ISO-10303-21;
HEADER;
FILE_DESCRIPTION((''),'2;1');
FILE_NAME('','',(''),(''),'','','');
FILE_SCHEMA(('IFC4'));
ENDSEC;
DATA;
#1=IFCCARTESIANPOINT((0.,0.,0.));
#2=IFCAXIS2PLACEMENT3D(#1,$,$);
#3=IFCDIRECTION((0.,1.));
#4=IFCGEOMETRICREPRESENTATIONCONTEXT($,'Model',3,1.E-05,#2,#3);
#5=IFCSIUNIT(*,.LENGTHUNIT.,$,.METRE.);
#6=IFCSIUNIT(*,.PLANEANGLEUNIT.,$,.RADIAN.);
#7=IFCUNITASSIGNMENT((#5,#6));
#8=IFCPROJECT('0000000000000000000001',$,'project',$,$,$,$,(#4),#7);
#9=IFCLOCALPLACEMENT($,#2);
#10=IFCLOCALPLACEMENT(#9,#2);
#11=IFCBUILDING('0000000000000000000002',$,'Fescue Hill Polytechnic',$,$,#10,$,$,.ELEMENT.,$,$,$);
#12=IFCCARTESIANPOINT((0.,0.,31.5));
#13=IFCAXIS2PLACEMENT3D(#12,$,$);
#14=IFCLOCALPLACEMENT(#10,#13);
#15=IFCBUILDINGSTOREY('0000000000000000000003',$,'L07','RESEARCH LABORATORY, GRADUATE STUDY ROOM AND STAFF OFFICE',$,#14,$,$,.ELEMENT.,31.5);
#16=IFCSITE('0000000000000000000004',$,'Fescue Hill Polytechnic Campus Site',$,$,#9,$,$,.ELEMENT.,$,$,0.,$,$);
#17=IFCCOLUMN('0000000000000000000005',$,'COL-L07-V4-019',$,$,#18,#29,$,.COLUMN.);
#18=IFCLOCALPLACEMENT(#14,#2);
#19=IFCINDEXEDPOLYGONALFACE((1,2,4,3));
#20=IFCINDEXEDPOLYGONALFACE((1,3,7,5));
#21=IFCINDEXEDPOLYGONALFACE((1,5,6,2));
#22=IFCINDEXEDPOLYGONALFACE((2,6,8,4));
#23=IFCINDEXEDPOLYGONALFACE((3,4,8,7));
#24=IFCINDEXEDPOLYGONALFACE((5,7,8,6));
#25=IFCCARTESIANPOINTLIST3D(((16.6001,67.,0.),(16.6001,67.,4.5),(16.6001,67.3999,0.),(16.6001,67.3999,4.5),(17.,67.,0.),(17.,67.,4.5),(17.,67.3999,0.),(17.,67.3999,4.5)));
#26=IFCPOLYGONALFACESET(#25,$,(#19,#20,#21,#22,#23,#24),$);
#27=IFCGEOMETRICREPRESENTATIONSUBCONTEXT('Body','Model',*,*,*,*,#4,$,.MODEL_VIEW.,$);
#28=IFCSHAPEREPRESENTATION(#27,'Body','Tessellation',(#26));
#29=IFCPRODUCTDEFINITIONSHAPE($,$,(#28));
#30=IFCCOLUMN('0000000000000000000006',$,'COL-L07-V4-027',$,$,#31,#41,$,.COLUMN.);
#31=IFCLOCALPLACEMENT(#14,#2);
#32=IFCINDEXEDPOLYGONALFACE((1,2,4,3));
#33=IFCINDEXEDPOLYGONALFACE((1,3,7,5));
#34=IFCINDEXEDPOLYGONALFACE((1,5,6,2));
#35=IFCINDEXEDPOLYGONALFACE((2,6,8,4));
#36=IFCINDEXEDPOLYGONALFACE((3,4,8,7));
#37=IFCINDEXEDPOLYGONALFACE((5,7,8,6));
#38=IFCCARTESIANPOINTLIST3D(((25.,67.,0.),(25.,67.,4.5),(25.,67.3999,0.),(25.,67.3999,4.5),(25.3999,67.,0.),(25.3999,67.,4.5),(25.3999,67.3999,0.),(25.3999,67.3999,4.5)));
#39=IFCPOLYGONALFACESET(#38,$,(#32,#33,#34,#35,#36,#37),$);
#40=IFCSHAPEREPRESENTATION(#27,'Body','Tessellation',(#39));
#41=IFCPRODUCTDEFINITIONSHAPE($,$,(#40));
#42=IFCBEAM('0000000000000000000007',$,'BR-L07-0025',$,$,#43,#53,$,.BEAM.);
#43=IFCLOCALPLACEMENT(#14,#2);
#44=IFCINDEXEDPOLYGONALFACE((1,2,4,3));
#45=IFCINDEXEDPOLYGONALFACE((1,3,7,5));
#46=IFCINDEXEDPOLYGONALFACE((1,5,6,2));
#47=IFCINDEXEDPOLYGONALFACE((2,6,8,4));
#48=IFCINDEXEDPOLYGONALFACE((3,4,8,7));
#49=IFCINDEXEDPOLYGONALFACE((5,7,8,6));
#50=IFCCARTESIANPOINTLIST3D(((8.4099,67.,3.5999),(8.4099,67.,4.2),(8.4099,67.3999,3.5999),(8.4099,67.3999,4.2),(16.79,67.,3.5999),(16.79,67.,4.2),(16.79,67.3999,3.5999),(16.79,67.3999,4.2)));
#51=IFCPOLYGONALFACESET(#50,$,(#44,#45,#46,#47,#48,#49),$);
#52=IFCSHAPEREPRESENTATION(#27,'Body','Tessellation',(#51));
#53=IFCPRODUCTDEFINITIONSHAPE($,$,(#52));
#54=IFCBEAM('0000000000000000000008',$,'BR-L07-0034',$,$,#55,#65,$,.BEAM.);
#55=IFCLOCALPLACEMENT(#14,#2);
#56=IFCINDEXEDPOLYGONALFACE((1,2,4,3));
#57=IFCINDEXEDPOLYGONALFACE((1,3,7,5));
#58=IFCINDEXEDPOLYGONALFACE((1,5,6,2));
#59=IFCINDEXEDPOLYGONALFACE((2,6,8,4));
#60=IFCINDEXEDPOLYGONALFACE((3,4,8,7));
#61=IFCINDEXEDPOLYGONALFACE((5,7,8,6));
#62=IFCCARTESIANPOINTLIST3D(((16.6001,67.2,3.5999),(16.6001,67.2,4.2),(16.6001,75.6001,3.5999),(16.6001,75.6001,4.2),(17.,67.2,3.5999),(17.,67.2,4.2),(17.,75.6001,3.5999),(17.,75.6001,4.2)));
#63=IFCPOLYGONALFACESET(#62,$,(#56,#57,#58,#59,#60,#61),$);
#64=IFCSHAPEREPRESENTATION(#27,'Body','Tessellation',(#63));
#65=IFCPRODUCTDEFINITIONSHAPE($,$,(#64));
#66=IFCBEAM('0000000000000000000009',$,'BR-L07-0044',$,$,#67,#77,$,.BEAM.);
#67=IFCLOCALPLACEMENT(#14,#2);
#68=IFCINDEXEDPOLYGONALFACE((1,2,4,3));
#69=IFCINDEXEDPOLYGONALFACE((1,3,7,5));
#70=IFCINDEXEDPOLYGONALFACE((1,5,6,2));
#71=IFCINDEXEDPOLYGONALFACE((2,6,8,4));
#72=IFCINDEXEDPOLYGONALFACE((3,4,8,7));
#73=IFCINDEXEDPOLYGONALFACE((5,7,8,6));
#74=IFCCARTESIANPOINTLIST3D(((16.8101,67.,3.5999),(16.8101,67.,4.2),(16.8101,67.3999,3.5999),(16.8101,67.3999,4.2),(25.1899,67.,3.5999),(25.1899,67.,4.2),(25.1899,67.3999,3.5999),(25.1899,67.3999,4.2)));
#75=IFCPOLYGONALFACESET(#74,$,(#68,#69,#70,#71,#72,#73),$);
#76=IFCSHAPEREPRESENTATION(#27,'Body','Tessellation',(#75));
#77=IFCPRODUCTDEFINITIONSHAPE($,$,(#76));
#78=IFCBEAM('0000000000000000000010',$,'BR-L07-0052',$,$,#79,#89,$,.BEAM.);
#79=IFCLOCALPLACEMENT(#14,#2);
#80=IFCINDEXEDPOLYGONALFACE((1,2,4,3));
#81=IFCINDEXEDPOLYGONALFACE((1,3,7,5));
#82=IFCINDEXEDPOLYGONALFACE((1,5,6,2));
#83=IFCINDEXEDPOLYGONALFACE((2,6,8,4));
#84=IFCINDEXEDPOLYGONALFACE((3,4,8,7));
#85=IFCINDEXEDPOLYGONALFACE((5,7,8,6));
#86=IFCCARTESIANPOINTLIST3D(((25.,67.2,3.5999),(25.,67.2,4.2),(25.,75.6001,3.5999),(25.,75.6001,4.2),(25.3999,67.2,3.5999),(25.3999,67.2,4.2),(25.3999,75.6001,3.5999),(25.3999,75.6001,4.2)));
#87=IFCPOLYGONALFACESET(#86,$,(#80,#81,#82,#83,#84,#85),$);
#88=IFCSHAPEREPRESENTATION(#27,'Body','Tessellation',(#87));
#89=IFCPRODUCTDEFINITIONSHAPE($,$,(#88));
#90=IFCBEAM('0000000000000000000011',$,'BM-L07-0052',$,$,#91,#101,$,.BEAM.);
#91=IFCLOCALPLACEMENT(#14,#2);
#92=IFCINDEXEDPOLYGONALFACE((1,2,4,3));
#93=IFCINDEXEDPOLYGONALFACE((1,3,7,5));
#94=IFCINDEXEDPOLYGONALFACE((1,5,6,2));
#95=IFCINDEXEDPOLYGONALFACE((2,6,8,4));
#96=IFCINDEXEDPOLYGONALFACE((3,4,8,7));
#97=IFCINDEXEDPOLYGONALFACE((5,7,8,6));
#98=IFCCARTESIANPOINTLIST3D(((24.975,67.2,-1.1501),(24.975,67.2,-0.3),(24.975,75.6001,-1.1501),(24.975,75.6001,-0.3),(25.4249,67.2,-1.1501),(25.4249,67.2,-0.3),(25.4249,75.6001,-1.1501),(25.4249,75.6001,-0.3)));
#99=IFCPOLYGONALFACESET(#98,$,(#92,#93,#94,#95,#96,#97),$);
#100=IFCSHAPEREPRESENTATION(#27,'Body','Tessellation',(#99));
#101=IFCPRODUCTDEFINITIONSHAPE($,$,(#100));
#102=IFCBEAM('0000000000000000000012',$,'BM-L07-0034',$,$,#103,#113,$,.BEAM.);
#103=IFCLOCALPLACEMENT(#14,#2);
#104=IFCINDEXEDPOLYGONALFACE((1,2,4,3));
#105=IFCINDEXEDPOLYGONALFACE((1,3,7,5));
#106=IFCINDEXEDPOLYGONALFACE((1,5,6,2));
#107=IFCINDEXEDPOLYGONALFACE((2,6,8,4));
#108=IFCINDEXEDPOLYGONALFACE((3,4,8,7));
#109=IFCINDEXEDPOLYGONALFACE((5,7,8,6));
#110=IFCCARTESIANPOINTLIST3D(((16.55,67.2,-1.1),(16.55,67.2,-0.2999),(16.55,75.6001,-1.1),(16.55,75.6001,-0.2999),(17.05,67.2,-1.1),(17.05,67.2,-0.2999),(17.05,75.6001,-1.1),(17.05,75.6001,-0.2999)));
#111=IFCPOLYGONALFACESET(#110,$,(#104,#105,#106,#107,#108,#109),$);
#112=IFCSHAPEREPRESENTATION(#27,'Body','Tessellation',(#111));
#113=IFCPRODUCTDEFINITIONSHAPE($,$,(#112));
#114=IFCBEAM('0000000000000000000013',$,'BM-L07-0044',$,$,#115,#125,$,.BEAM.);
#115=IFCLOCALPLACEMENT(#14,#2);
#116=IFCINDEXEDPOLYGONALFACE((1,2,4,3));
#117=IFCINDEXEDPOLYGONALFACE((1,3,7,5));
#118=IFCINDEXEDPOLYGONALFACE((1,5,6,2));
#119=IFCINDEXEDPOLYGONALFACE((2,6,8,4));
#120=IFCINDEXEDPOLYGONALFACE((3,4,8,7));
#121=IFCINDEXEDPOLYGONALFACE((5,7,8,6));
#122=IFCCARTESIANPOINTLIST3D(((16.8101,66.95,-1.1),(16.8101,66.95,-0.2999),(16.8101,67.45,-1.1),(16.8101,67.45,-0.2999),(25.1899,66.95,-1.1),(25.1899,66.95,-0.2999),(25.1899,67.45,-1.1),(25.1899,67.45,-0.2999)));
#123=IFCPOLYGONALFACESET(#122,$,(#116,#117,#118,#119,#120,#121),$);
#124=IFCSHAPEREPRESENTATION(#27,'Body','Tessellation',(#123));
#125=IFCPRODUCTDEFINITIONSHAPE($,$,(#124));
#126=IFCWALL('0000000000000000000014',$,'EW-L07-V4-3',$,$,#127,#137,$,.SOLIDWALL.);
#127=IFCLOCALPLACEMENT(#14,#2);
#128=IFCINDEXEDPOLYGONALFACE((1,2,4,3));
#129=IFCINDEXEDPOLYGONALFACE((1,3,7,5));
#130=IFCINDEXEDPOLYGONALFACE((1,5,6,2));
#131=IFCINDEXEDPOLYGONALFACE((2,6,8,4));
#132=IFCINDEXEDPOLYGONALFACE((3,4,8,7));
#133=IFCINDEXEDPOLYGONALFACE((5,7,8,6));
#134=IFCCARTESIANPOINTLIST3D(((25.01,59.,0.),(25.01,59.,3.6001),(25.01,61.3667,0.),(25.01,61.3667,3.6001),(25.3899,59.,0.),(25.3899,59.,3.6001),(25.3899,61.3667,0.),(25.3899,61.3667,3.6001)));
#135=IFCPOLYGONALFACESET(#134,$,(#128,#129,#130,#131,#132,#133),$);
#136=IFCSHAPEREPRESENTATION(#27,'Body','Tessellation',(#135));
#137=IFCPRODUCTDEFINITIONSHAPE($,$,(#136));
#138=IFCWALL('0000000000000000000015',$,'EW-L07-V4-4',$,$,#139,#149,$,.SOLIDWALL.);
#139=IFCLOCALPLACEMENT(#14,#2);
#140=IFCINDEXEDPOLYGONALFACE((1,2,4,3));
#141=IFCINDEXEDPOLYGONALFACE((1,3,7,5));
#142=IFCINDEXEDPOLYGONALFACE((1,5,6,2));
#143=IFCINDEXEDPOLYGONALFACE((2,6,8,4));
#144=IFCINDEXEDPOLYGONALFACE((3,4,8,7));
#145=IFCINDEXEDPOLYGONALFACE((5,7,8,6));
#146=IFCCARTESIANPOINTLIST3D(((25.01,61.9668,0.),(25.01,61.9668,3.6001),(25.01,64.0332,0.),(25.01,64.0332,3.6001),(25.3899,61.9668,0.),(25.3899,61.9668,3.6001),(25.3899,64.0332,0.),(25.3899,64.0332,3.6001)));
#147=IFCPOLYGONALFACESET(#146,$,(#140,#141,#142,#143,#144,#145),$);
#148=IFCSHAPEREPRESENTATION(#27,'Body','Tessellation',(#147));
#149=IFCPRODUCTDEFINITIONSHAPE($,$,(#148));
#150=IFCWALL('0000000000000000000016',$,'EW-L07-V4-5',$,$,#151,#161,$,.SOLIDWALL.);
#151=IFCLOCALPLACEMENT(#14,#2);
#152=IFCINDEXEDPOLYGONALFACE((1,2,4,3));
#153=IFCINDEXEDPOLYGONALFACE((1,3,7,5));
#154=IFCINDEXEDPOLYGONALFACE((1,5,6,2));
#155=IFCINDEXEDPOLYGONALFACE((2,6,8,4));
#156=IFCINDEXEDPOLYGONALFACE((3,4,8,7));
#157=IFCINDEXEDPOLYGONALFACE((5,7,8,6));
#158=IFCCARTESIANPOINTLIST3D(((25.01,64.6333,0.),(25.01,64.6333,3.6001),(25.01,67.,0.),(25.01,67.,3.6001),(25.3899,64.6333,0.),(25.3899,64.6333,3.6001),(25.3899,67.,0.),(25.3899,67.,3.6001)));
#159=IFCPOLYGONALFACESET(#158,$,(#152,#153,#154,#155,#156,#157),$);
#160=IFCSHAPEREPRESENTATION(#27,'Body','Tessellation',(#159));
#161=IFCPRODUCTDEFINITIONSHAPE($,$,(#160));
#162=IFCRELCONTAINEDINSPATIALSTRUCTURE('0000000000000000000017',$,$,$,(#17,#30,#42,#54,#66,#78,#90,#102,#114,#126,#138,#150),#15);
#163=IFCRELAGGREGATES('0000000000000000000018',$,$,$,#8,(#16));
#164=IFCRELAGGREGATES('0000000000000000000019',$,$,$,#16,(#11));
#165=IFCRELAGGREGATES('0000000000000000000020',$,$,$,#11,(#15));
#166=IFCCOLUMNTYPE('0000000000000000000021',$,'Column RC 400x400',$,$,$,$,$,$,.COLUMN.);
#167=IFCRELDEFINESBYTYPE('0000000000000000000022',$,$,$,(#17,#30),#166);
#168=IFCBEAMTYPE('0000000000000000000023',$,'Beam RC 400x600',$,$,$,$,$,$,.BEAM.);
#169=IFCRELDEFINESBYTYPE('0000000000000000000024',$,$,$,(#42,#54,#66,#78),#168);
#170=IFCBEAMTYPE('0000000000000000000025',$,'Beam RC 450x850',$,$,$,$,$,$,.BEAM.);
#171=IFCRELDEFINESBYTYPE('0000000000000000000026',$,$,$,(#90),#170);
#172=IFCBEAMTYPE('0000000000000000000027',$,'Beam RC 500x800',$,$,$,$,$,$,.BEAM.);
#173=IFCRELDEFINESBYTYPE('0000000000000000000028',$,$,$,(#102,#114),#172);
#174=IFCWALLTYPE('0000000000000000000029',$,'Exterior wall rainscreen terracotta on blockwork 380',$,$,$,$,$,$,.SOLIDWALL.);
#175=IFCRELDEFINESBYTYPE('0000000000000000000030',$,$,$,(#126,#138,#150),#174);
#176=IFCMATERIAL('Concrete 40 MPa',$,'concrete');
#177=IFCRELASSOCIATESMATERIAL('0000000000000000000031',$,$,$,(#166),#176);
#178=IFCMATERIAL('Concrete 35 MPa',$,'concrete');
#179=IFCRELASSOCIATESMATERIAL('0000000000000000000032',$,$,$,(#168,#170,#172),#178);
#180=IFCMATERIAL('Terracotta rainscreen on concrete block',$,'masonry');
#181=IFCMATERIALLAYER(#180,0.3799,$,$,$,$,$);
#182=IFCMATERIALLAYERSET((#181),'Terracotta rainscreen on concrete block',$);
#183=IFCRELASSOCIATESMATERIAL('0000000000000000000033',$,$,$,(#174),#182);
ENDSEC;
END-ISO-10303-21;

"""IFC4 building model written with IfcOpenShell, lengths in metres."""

from ifc_helpers import new_model, si_unit, direction, frame, frame_2d, origin, origin_2d, place, context, subcontext, project, spatial, rectangle, extrude, material, layer, layer_set, material_profile, profile_set, type_object, element, save


model = new_model("IFC4")

# Units and contexts
model_context = context("Model", 3, precision=1e-05, world=origin(), true_north=direction((0.0, 1.0)))
body_context = subcontext(model_context, "Body", "Model", "MODEL_VIEW")
ifc_project = project(units=[si_unit("LENGTHUNIT", "METRE"), si_unit("PLANEANGLEUNIT", "RADIAN")], contexts=[model_context])

# Site, building, storey
site_placement = place(None, origin())
site = spatial("IfcSite", under=ifc_project, at=site_placement, Name="Fescue Hill Polytechnic Campus Site", CompositionType="ELEMENT", RefElevation=0.0)
building_placement = place(site_placement, origin())
building = spatial("IfcBuilding", under=site, at=building_placement, Name="Fescue Hill Polytechnic", CompositionType="ELEMENT")
storey_placement = place(building_placement, frame((0.0, 0.0, 31.5)))
storey = spatial("IfcBuildingStorey", under=building, at=storey_placement, Name="L07", Description="RESEARCH LABORATORY, GRADUATE STUDY ROOM AND STAFF OFFICE", CompositionType="ELEMENT", Elevation=31.5)

# Columns
ifc_material_1 = material(Name="Concrete 40 MPa", Category="concrete")
ifc_material_profile_1 = material_profile(ifc_material_1, rectangle(XDim=0.3999, YDim=0.3999, at=origin_2d()), Name="RC 400x400")
ifc_profile_set_1 = profile_set([ifc_material_profile_1], Name="Concrete 40 MPa")
column_type = type_object("IfcColumnType", Name="Column RC 400x400", PredefinedType="COLUMN", material=ifc_profile_set_1)
for number, where, z_axis, x_axis, name in (
    (1, (16.8, 67.2, 0.0), (0.0, 0.0, 1.0), (1.0, 0.0, 0.0), "COL-L07-V4-019"),
    (2, (25.2, 67.2, 0.0), (0.0, 0.0, 1.0), (1.0, 0.0, 0.0), "COL-L07-V4-027"),
):
    element("IfcColumn", number, at=place(storey_placement, frame(where, z_axis=z_axis, x_axis=x_axis)), inside=storey, type_object=column_type, Name=name, PredefinedType="COLUMN", context=body_context, shape_type="SweptSolid", body=[
        extrude(rectangle(XDim=0.3999, YDim=0.3999, at=origin_2d()), origin(), (0.0, 0.0, 1.0), 4.5),
    ])

# Beams
ifc_material_2 = material(Name="Concrete 35 MPa", Category="concrete")
ifc_material_profile_2 = material_profile(ifc_material_2, rectangle(XDim=0.3999, YDim=0.6001, at=origin_2d()), Name="RC 400x600")
ifc_profile_set_2 = profile_set([ifc_material_profile_2], Name="Concrete 35 MPa")
beam_type_1 = type_object("IfcBeamType", Name="Beam RC 400x600", PredefinedType="BEAM", material=ifc_profile_set_2)
beam_1_placement = place(storey_placement, frame((8.4099, 67.2, 3.8999), z_axis=(1.0, 0.0, 0.0), x_axis=(0.0, 1.0, 0.0)))
element("IfcBeam", 3, at=beam_1_placement, inside=storey, type_object=beam_type_1, Name="BR-L07-0025", PredefinedType="BEAM", context=body_context, shape_type="SweptSolid", body=[
    extrude(rectangle(XDim=0.3999, YDim=0.6001, at=origin_2d()), origin(), (0.0, 0.0, 1.0), 8.3801),
])
beam_2_placement = place(storey_placement, frame((16.8, 67.2, 3.8999), z_axis=(0.0, 1.0, 0.0), x_axis=(-1.0, 0.0, 0.0)))
element("IfcBeam", 4, at=beam_2_placement, inside=storey, type_object=beam_type_1, Name="BR-L07-0034", PredefinedType="BEAM", context=body_context, shape_type="SweptSolid", body=[
    extrude(rectangle(XDim=0.3999, YDim=0.6001, at=origin_2d()), origin(), (0.0, 0.0, 1.0), 8.4001),
])
beam_3_placement = place(storey_placement, frame((16.8101, 67.2, 3.8999), z_axis=(1.0, 0.0, 0.0), x_axis=(0.0, 1.0, 0.0)))
element("IfcBeam", 5, at=beam_3_placement, inside=storey, type_object=beam_type_1, Name="BR-L07-0044", PredefinedType="BEAM", context=body_context, shape_type="SweptSolid", body=[
    extrude(rectangle(XDim=0.3999, YDim=0.6001, at=origin_2d()), origin(), (0.0, 0.0, 1.0), 8.3799),
])
beam_4_placement = place(storey_placement, frame((25.2, 67.2, 3.8999), z_axis=(0.0, 1.0, 0.0), x_axis=(-1.0, 0.0, 0.0)))
element("IfcBeam", 6, at=beam_4_placement, inside=storey, type_object=beam_type_1, Name="BR-L07-0052", PredefinedType="BEAM", context=body_context, shape_type="SweptSolid", body=[
    extrude(rectangle(XDim=0.3999, YDim=0.6001, at=origin_2d()), origin(), (0.0, 0.0, 1.0), 8.4001),
])
ifc_material_profile_3 = material_profile(ifc_material_2, rectangle(XDim=0.45, YDim=0.8501, at=origin_2d()), Name="RC 450x850")
ifc_profile_set_3 = profile_set([ifc_material_profile_3], Name="Concrete 35 MPa")
beam_type_2 = type_object("IfcBeamType", Name="Beam RC 450x850", PredefinedType="BEAM", material=ifc_profile_set_3)
beam_5_placement = place(storey_placement, frame((25.2, 67.2, -0.7251), z_axis=(0.0, 1.0, 0.0), x_axis=(-1.0, 0.0, 0.0)))
element("IfcBeam", 7, at=beam_5_placement, inside=storey, type_object=beam_type_2, Name="BM-L07-0052", PredefinedType="BEAM", context=body_context, shape_type="SweptSolid", body=[
    extrude(rectangle(XDim=0.45, YDim=0.8501, at=origin_2d()), origin(), (0.0, 0.0, 1.0), 8.4001),
])
ifc_material_profile_4 = material_profile(ifc_material_2, rectangle(XDim=0.5, YDim=0.8, at=origin_2d()), Name="RC 500x800")
ifc_profile_set_4 = profile_set([ifc_material_profile_4], Name="Concrete 35 MPa")
beam_type_3 = type_object("IfcBeamType", Name="Beam RC 500x800", PredefinedType="BEAM", material=ifc_profile_set_4)
beam_6_placement = place(storey_placement, frame((16.8, 67.2, -0.7), z_axis=(0.0, 1.0, 0.0), x_axis=(-1.0, 0.0, 0.0)))
element("IfcBeam", 8, at=beam_6_placement, inside=storey, type_object=beam_type_3, Name="BM-L07-0034", PredefinedType="BEAM", context=body_context, shape_type="SweptSolid", body=[
    extrude(rectangle(XDim=0.5, YDim=0.8, at=origin_2d()), origin(), (0.0, 0.0, 1.0), 8.4001),
])
beam_7_placement = place(storey_placement, frame((16.8101, 67.2, -0.7), z_axis=(1.0, 0.0, 0.0), x_axis=(0.0, 1.0, 0.0)))
element("IfcBeam", 9, at=beam_7_placement, inside=storey, type_object=beam_type_3, Name="BM-L07-0044", PredefinedType="BEAM", context=body_context, shape_type="SweptSolid", body=[
    extrude(rectangle(XDim=0.5, YDim=0.8, at=origin_2d()), origin(), (0.0, 0.0, 1.0), 8.3799),
])

# Walls
ifc_material_3 = material(Name="Terracotta rainscreen on concrete block", Category="masonry")
ifc_layer_1 = layer(ifc_material_3, 0.3799)
ifc_layer_set_1 = layer_set([ifc_layer_1], Name="Terracotta rainscreen on concrete block")
wall_type_1 = type_object("IfcWallType", Name="Exterior wall rainscreen terracotta on blockwork 380", PredefinedType="SOLIDWALL", material=ifc_layer_set_1)
wall_1_placement = place(storey_placement, frame((25.2, 59.0, 0.0), z_axis=(0.0, 0.0, 1.0), x_axis=(0.0, 1.0, 0.0)))
element("IfcWall", 10, at=wall_1_placement, inside=storey, type_object=wall_type_1, Name="EW-L07-V4-3", PredefinedType="SOLIDWALL", context=body_context, shape_type="SweptSolid", body=[
    extrude(rectangle(XDim=2.3667, YDim=0.3799, at=frame_2d((1.1833, 0.0))), origin(), (0.0, 0.0, 1.0), 3.6001),
])
wall_2_placement = place(storey_placement, frame((25.2, 61.9668, 0.0), z_axis=(0.0, 0.0, 1.0), x_axis=(0.0, 1.0, 0.0)))
element("IfcWall", 11, at=wall_2_placement, inside=storey, type_object=wall_type_1, Name="EW-L07-V4-4", PredefinedType="SOLIDWALL", context=body_context, shape_type="SweptSolid", body=[
    extrude(rectangle(XDim=2.0664, YDim=0.3799, at=frame_2d((1.0332, 0.0))), origin(), (0.0, 0.0, 1.0), 3.6001),
])
wall_3_placement = place(storey_placement, frame((25.2, 64.6333, 0.0), z_axis=(0.0, 0.0, 1.0), x_axis=(0.0, 1.0, 0.0)))
element("IfcWall", 12, at=wall_3_placement, inside=storey, type_object=wall_type_1, Name="EW-L07-V4-5", PredefinedType="SOLIDWALL", context=body_context, shape_type="SweptSolid", body=[
    extrude(rectangle(XDim=2.3667, YDim=0.3799, at=frame_2d((1.1833, 0.0))), origin(), (0.0, 0.0, 1.0), 3.6001),
])

save(model, "model.ifc")
